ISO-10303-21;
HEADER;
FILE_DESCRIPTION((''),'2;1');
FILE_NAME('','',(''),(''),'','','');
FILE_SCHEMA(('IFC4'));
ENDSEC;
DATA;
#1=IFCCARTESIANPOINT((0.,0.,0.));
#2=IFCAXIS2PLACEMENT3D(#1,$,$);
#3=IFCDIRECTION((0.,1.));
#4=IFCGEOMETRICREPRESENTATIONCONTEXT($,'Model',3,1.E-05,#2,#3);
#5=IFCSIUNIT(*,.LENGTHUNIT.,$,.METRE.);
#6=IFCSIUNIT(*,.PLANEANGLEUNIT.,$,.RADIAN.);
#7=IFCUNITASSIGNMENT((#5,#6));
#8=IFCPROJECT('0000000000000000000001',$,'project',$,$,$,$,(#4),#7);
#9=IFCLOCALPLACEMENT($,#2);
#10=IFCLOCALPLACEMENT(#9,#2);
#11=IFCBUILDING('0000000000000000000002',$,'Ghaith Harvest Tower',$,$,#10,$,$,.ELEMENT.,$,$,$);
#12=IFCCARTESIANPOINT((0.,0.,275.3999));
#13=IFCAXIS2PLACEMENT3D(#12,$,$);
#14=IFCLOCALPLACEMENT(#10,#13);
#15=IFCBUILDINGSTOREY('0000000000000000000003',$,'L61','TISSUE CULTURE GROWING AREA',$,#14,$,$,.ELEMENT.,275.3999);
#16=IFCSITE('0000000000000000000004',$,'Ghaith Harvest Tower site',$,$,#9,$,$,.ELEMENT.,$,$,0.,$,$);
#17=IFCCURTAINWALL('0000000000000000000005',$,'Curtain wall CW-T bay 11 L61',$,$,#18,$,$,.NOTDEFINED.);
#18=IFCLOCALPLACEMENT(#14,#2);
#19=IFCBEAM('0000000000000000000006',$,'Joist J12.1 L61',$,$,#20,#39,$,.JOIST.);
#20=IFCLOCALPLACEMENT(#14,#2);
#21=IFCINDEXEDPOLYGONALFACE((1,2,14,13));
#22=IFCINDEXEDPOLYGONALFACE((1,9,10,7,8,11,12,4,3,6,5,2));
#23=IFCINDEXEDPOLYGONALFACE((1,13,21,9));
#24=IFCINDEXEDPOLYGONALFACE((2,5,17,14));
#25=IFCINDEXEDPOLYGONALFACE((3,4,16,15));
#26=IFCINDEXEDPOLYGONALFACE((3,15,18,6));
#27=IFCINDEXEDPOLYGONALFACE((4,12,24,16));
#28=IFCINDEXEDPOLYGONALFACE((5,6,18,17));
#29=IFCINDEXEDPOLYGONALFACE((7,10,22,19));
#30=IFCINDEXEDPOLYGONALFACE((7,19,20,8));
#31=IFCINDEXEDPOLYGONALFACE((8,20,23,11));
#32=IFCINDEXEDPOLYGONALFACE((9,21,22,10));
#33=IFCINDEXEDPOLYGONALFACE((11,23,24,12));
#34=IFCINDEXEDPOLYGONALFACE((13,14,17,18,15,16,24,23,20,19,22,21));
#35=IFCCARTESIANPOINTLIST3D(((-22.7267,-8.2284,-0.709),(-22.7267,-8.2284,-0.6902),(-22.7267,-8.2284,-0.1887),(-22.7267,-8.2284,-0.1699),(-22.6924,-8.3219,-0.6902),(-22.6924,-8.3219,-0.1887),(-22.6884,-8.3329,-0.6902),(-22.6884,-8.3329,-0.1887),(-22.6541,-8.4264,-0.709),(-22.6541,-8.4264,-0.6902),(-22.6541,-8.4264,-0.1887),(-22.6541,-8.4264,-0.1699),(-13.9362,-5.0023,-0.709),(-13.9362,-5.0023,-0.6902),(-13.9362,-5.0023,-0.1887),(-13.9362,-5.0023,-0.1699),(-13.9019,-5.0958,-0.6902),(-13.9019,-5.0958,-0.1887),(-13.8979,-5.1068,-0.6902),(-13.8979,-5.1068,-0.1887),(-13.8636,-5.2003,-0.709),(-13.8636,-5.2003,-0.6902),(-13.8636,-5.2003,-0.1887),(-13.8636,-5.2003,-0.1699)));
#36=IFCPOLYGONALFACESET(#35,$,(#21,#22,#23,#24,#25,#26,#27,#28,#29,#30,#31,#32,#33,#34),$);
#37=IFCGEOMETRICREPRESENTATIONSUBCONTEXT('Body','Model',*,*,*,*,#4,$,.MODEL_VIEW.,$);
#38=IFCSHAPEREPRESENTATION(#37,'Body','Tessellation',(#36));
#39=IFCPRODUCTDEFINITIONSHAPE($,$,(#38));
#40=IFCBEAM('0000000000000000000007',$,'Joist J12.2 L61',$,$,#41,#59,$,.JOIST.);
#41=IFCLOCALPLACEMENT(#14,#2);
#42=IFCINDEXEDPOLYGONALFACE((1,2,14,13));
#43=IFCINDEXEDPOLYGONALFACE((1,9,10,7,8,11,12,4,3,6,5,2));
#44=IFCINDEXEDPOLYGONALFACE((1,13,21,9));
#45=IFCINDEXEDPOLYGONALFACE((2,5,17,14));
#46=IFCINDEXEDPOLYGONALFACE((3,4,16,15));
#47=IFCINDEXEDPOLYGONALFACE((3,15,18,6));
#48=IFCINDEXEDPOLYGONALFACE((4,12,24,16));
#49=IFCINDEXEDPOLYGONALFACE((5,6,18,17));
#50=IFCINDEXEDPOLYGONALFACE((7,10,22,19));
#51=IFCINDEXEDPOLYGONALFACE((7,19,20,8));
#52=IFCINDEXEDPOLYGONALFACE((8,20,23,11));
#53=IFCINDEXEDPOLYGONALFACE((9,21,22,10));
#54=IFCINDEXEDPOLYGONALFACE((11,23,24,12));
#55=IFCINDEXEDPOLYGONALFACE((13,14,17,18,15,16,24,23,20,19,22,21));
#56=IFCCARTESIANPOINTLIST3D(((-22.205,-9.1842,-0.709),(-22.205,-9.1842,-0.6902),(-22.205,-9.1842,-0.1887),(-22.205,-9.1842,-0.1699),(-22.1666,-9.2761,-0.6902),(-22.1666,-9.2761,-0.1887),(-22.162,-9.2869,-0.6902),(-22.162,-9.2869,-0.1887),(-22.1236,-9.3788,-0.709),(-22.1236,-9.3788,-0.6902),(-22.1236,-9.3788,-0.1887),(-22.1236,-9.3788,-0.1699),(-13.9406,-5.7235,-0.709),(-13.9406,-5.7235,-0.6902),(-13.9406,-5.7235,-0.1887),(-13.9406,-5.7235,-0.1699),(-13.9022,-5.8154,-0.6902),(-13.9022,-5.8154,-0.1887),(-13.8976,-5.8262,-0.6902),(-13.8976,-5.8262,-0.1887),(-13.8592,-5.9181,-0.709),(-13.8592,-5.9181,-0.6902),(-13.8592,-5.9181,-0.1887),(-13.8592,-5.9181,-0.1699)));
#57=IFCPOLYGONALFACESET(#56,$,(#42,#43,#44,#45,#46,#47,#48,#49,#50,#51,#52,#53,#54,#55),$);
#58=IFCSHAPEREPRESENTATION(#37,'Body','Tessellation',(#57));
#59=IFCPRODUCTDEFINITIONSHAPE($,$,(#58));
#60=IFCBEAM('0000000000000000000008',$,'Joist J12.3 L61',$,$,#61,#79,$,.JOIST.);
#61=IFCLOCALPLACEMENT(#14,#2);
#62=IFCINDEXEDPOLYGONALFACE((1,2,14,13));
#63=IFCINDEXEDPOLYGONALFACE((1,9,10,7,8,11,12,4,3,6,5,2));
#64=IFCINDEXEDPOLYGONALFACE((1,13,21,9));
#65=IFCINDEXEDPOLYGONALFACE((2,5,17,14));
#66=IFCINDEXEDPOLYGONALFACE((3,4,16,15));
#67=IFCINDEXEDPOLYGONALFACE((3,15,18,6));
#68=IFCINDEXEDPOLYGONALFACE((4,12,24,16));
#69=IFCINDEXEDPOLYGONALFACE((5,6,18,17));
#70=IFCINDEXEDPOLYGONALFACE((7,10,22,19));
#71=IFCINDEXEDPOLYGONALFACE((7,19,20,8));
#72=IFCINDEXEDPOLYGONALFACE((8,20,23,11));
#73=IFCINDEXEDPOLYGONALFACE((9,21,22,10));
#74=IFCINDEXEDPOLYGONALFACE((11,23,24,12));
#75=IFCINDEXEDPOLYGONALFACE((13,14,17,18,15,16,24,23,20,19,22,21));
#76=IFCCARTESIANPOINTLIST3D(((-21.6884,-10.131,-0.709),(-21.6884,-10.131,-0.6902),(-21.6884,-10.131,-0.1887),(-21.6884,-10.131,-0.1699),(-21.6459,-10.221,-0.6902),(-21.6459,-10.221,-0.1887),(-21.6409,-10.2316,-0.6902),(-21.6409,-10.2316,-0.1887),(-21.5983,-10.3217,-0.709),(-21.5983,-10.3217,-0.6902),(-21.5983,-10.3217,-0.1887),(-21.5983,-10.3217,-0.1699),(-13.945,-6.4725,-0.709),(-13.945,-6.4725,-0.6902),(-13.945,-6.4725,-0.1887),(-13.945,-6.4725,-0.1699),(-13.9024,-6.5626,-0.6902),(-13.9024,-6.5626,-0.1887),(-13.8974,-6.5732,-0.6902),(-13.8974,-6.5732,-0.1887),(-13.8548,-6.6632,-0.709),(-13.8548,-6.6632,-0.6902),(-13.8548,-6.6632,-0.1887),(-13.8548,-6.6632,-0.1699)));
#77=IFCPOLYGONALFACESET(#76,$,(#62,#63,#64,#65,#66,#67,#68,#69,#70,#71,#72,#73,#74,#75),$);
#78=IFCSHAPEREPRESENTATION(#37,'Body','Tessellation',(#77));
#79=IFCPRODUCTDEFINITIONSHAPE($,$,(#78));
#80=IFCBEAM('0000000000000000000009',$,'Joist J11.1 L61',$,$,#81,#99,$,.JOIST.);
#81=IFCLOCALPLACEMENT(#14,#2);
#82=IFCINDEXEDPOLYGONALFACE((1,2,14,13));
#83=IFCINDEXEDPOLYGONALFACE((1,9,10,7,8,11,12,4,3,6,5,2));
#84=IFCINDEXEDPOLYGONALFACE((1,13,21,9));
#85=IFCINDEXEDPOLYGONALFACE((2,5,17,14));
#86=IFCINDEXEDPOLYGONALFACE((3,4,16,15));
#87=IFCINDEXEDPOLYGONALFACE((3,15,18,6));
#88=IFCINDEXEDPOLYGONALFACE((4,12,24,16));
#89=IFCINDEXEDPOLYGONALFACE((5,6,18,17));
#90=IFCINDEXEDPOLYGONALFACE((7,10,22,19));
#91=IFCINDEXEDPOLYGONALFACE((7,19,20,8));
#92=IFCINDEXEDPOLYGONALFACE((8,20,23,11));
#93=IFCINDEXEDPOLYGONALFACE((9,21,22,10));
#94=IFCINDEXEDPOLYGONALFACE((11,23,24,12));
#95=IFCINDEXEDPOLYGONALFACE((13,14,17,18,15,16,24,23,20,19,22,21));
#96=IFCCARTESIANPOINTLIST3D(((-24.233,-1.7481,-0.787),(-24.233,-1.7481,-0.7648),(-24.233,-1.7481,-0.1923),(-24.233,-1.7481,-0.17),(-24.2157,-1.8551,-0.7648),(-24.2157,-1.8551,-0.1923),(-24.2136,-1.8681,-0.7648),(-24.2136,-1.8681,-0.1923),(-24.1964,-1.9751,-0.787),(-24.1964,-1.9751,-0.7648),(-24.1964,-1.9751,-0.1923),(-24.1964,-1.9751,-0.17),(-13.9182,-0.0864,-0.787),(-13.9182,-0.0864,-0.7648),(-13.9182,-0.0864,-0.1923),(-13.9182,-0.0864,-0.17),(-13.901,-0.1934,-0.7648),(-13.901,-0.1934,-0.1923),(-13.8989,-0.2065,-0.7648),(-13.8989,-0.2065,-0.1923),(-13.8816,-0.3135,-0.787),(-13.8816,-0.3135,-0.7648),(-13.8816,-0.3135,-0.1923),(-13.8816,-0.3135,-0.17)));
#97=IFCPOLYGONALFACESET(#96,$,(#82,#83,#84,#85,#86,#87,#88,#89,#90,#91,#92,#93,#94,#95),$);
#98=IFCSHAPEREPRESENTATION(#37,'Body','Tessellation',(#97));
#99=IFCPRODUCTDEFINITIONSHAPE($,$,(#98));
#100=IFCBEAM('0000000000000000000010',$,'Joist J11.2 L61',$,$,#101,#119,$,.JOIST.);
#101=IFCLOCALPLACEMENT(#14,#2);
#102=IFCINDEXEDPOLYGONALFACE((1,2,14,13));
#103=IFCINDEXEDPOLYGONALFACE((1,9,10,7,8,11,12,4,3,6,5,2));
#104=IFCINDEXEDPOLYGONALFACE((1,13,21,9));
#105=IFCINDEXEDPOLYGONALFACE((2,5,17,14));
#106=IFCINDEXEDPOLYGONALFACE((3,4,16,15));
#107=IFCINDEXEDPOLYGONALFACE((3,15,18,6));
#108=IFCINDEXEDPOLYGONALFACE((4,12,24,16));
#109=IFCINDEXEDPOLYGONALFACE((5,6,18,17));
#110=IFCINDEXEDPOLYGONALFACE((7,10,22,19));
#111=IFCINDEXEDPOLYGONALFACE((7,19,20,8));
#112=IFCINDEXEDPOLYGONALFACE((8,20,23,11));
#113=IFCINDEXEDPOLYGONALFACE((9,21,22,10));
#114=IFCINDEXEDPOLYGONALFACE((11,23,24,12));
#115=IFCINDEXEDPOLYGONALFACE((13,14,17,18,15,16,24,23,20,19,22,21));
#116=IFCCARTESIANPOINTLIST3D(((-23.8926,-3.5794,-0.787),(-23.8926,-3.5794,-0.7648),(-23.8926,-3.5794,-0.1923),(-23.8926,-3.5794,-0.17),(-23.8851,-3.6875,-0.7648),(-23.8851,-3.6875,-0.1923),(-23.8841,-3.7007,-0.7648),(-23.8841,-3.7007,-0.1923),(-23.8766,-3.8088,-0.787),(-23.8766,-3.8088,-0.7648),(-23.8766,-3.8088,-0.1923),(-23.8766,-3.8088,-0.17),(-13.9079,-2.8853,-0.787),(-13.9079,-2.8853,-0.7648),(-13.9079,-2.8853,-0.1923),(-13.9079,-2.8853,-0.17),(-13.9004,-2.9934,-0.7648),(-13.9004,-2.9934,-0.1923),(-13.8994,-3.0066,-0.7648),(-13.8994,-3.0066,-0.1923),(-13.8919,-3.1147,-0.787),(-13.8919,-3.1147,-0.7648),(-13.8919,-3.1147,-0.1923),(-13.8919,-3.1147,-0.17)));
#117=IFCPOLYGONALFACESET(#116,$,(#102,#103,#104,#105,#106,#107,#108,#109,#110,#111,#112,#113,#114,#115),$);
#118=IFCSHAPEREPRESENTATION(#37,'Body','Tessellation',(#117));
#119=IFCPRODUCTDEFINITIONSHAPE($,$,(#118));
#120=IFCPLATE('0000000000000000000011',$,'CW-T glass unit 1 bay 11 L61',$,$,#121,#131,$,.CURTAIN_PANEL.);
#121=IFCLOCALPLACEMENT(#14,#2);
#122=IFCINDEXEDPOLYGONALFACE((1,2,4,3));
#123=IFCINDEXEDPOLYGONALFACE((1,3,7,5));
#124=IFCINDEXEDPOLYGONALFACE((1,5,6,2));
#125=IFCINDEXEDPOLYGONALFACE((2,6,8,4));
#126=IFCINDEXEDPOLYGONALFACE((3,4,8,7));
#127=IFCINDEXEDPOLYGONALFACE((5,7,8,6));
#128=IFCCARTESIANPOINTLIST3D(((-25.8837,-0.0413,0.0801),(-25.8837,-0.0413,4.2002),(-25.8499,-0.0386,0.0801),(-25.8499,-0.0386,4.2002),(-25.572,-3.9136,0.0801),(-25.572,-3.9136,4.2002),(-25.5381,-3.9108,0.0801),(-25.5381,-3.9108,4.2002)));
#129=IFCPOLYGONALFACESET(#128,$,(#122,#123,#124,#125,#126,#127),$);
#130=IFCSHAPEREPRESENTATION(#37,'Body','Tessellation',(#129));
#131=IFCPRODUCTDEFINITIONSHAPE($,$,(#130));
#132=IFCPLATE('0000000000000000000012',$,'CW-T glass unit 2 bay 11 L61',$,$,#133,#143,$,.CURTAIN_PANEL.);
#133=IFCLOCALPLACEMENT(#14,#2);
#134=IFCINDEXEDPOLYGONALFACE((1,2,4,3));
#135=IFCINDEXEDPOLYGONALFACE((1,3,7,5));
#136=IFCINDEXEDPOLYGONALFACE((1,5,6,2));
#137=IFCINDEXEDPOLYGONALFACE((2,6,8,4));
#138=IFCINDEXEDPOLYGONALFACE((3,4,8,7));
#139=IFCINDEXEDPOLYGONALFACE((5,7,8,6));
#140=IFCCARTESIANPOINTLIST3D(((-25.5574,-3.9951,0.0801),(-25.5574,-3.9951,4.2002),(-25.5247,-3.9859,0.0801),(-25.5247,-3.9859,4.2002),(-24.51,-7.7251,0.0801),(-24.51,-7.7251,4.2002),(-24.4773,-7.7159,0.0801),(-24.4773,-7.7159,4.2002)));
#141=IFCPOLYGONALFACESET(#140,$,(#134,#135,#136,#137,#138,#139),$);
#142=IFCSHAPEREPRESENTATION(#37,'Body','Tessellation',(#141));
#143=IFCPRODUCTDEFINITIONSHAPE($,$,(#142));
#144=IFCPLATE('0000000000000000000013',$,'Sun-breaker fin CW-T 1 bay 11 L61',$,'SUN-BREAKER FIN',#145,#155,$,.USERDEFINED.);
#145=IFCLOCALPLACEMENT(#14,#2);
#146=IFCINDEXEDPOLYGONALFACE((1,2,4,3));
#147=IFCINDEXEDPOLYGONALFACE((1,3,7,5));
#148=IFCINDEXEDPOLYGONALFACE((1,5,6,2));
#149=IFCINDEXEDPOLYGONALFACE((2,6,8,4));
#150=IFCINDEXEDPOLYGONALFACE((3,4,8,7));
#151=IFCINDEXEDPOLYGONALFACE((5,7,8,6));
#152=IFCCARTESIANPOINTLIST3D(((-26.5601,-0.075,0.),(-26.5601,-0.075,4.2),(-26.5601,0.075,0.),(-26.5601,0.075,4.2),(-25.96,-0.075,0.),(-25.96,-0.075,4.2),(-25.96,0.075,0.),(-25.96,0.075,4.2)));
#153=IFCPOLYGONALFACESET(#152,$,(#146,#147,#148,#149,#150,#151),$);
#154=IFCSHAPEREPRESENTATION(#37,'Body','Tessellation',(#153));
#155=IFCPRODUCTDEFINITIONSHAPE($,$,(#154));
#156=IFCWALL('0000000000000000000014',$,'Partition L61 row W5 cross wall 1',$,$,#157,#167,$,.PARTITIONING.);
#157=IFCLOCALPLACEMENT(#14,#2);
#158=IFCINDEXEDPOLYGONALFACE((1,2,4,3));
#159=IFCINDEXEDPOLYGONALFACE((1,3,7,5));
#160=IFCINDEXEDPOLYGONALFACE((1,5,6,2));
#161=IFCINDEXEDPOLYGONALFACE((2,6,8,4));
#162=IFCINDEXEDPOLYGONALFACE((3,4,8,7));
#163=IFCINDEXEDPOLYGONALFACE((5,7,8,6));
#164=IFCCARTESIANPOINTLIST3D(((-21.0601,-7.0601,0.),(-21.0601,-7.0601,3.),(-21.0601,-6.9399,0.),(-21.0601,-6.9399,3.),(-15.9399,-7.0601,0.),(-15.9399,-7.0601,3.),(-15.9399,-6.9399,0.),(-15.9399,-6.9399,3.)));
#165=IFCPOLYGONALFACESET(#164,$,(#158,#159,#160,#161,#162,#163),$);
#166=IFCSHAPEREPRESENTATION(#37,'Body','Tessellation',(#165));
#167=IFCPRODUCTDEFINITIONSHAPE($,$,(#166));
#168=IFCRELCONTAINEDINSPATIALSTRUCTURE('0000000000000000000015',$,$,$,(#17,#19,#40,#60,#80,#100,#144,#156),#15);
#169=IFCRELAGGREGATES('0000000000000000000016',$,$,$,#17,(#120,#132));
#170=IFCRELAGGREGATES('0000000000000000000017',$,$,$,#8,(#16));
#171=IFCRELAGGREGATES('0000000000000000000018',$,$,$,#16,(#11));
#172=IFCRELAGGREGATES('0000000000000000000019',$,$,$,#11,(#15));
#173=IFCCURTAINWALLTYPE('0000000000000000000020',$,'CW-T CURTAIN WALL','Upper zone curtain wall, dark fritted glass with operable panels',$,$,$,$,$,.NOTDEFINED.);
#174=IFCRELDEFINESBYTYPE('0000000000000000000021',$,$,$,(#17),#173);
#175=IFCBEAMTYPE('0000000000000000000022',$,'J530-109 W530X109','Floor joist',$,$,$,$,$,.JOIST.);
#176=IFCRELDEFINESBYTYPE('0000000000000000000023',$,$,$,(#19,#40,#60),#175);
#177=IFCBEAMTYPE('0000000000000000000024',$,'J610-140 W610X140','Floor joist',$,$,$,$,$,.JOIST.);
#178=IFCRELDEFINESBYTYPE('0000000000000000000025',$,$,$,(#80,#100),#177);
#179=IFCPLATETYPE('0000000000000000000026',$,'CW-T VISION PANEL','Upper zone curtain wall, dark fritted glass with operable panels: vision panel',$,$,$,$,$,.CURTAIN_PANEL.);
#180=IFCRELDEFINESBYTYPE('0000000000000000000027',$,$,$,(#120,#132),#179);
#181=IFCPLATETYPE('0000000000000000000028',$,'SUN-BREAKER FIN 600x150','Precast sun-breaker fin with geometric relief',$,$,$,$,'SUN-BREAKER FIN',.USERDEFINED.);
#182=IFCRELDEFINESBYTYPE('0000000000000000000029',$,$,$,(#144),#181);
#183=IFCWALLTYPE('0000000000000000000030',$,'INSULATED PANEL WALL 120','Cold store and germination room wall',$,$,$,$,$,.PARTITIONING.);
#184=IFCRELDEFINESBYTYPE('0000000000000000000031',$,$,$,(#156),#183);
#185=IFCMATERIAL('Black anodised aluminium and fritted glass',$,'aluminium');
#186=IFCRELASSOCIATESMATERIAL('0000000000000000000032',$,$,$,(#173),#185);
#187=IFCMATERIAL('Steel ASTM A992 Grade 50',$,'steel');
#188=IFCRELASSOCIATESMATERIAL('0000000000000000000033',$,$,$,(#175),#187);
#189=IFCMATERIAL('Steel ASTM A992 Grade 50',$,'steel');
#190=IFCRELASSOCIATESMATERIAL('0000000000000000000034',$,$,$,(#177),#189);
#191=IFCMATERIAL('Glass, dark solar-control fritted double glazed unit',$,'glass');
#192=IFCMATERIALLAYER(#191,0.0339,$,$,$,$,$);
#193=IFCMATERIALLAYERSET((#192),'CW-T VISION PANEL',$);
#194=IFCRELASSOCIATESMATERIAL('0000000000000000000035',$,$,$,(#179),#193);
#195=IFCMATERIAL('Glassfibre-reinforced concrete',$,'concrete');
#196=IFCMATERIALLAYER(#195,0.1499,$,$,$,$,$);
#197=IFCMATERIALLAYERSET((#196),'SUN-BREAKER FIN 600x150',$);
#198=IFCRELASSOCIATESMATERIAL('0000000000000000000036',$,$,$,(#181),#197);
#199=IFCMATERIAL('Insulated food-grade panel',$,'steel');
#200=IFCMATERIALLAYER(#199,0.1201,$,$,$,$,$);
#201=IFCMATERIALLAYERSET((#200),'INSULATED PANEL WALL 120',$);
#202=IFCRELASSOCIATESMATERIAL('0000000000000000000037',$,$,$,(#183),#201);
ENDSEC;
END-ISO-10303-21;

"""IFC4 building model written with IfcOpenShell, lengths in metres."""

from ifc_helpers import new_model, si_unit, direction, frame, frame_2d, origin, origin_2d, place, context, subcontext, project, spatial, rectangle, i_section, extrude, material, layer, layer_set, material_profile, profile_set, type_object, element, aggregate, save


model = new_model("IFC4")

# Units and contexts
model_context = context("Model", 3, precision=1e-05, world=origin(), true_north=direction((0.0, 1.0)))
body_context = subcontext(model_context, "Body", "Model", "MODEL_VIEW")
ifc_project = project(units=[si_unit("LENGTHUNIT", "METRE"), si_unit("PLANEANGLEUNIT", "RADIAN")], contexts=[model_context])

# Site, building, storey
site_placement = place(None, origin())
site = spatial("IfcSite", under=ifc_project, at=site_placement, Name="Ghaith Harvest Tower site", CompositionType="ELEMENT", RefElevation=0.0)
building_placement = place(site_placement, origin())
building = spatial("IfcBuilding", under=site, at=building_placement, Name="Ghaith Harvest Tower", CompositionType="ELEMENT")
storey_placement = place(building_placement, frame((0.0, 0.0, 275.3999)))
storey = spatial("IfcBuildingStorey", under=building, at=storey_placement, Name="L61", Description="TISSUE CULTURE GROWING AREA", CompositionType="ELEMENT", Elevation=275.3999)

# Curtain wall
ifc_material_1 = material(Name="Black anodised aluminium and fritted glass", Category="aluminium")
curtain_wall_type = type_object("IfcCurtainWallType", Name="CW-T CURTAIN WALL", Description="Upper zone curtain wall, dark fritted glass with operable panels", PredefinedType="NOTDEFINED", material=ifc_material_1)
curtain_wall_placement = place(storey_placement, origin())
curtain_wall = element("IfcCurtainWall", 1, at=curtain_wall_placement, inside=storey, type_object=curtain_wall_type, Name="Curtain wall CW-T bay 11 L61", PredefinedType="NOTDEFINED")

# Beams
ifc_material_2 = material(Name="Steel ASTM A992 Grade 50", Category="steel")
ifc_material_profile_1 = material_profile(ifc_material_2, i_section(OverallWidth=0.2109, OverallDepth=0.5391, WebThickness=0.0117, FlangeThickness=0.0188, at=origin_2d()), Name="W530X109")
ifc_profile_set_1 = profile_set([ifc_material_profile_1], Name="Steel ASTM A992 Grade 50")
beam_type_1 = type_object("IfcBeamType", Name="J530-109 W530X109", Description="Floor joist", PredefinedType="JOIST", material=ifc_profile_set_1)
beam_1_placement = place(storey_placement, frame((-13.8999, -5.1013, -0.4395), z_axis=(-0.938777, -0.344526, 0.0), x_axis=(0.344526, -0.938777, 0.0)))
element("IfcBeam", 2, at=beam_1_placement, inside=storey, type_object=beam_type_1, Name="Joist J12.1 L61", PredefinedType="JOIST", context=body_context, shape_type="SweptSolid", body=[
    extrude(i_section(OverallWidth=0.2109, OverallDepth=0.5391, WebThickness=0.0117, FlangeThickness=0.0188, at=origin_2d()), origin(), (0.0, 0.0, 1.0), 9.3638),
])
beam_2_placement = place(storey_placement, frame((-13.8999, -5.8208, -0.4395), z_axis=(-0.922394, -0.38625, 0.0), x_axis=(0.38625, -0.922394, 0.0)))
element("IfcBeam", 3, at=beam_2_placement, inside=storey, type_object=beam_type_1, Name="Joist J12.2 L61", PredefinedType="JOIST", context=body_context, shape_type="SweptSolid", body=[
    extrude(i_section(OverallWidth=0.2109, OverallDepth=0.5391, WebThickness=0.0117, FlangeThickness=0.0188, at=origin_2d()), origin(), (0.0, 0.0, 1.0), 8.9597),
])
beam_3_placement = place(storey_placement, frame((-13.8999, -6.5679, -0.4395), z_axis=(-0.904166, -0.427182, 0.0), x_axis=(0.427182, -0.904166, 0.0)))
element("IfcBeam", 4, at=beam_3_placement, inside=storey, type_object=beam_type_1, Name="Joist J12.3 L61", PredefinedType="JOIST", context=body_context, shape_type="SweptSolid", body=[
    extrude(i_section(OverallWidth=0.2109, OverallDepth=0.5391, WebThickness=0.0117, FlangeThickness=0.0188, at=origin_2d()), origin(), (0.0, 0.0, 1.0), 8.5642),
])
ifc_material_3 = material(Name="Steel ASTM A992 Grade 50", Category="steel")
ifc_material_profile_2 = material_profile(ifc_material_3, i_section(OverallWidth=0.23, OverallDepth=0.6169, WebThickness=0.0132, FlangeThickness=0.0222, at=origin_2d()), Name="W610X140")
ifc_profile_set_2 = profile_set([ifc_material_profile_2], Name="Steel ASTM A992 Grade 50")
beam_type_2 = type_object("IfcBeamType", Name="J610-140 W610X140", Description="Floor joist", PredefinedType="JOIST", material=ifc_profile_set_2)
beam_4_placement = place(storey_placement, frame((-13.8999, -0.2, -0.4785), z_axis=(-0.987272, -0.159042, 0.0), x_axis=(0.159042, -0.987272, 0.0)))
element("IfcBeam", 5, at=beam_4_placement, inside=storey, type_object=beam_type_2, Name="Joist J11.1 L61", PredefinedType="JOIST", context=body_context, shape_type="SweptSolid", body=[
    extrude(i_section(OverallWidth=0.23, OverallDepth=0.6169, WebThickness=0.0132, FlangeThickness=0.0222, at=origin_2d()), origin(), (0.0, 0.0, 1.0), 10.4478),
])
beam_5_placement = place(storey_placement, frame((-13.8999, -3.0, -0.4785), z_axis=(-0.997592, -0.069349, 0.0), x_axis=(0.069349, -0.997592, 0.0)))
element("IfcBeam", 6, at=beam_5_placement, inside=storey, type_object=beam_type_2, Name="Joist J11.2 L61", PredefinedType="JOIST", context=body_context, shape_type="SweptSolid", body=[
    extrude(i_section(OverallWidth=0.23, OverallDepth=0.6169, WebThickness=0.0132, FlangeThickness=0.0222, at=origin_2d()), origin(), (0.0, 0.0, 1.0), 10.0088),
])

# Plates
ifc_material_4 = material(Name="Glass, dark solar-control fritted double glazed unit", Category="glass")
ifc_layer_1 = layer(ifc_material_4, 0.0339)
ifc_layer_set_1 = layer_set([ifc_layer_1], Name="CW-T VISION PANEL")
plate_type_1 = type_object("IfcPlateType", Name="CW-T VISION PANEL", Description="Upper zone curtain wall, dark fritted glass with operable panels: vision panel", PredefinedType="CURTAIN_PANEL", material=ifc_layer_set_1)
plate_1_placement = place(storey_placement, frame((-25.7109, -1.9761, 0.0801), z_axis=(0.0, 0.0, 1.0), x_axis=(0.080258, -0.996774, 0.0)))
plate_1 = element("IfcPlate", 7, at=plate_1_placement, type_object=plate_type_1, Name="CW-T glass unit 1 bay 11 L61", PredefinedType="CURTAIN_PANEL", context=body_context, shape_type="SweptSolid", body=[
    extrude(rectangle(XDim=3.8848, YDim=0.0339, at=origin_2d()), origin(), (0.0, 0.0, 1.0), 4.1201),
])
plate_2_placement = place(storey_placement, frame((-25.0173, -5.8555, 0.0801), z_axis=(0.0, 0.0, 1.0), x_axis=(0.270355, -0.962761, 0.0)))
plate_2 = element("IfcPlate", 8, at=plate_2_placement, type_object=plate_type_1, Name="CW-T glass unit 2 bay 11 L61", PredefinedType="CURTAIN_PANEL", context=body_context, shape_type="SweptSolid", body=[
    extrude(rectangle(XDim=3.8743, YDim=0.0339, at=origin_2d()), origin(), (0.0, 0.0, 1.0), 4.1201),
])
aggregate(curtain_wall, [plate_1, plate_2])
ifc_material_5 = material(Name="Glassfibre-reinforced concrete", Category="concrete")
ifc_layer_2 = layer(ifc_material_5, 0.1499)
ifc_layer_set_2 = layer_set([ifc_layer_2], Name="SUN-BREAKER FIN 600x150")
plate_type_2 = type_object("IfcPlateType", Name="SUN-BREAKER FIN 600x150", Description="Precast sun-breaker fin with geometric relief", ElementType="SUN-BREAKER FIN", PredefinedType="USERDEFINED", material=ifc_layer_set_2)
plate_3_placement = place(storey_placement, frame((-26.26, 0.0, 0.0), z_axis=(0.0, 0.0, 1.0), x_axis=(-1.0, 0.0, 0.0)))
element("IfcPlate", 9, at=plate_3_placement, inside=storey, type_object=plate_type_2, Name="Sun-breaker fin CW-T 1 bay 11 L61", ObjectType="SUN-BREAKER FIN", PredefinedType="USERDEFINED", context=body_context, shape_type="SweptSolid", body=[
    extrude(rectangle(XDim=0.6001, YDim=0.1499, at=origin_2d()), origin(), (0.0, 0.0, 1.0), 4.2),
])

# Wall
ifc_material_6 = material(Name="Insulated food-grade panel", Category="steel")
ifc_layer_3 = layer(ifc_material_6, 0.1201)
ifc_layer_set_3 = layer_set([ifc_layer_3], Name="INSULATED PANEL WALL 120")
wall_type_1 = type_object("IfcWallType", Name="INSULATED PANEL WALL 120", Description="Cold store and germination room wall", PredefinedType="PARTITIONING", material=ifc_layer_set_3)
wall_1_placement = place(storey_placement, frame((-15.9399, -7.0, 0.0), z_axis=(0.0, 0.0, 1.0), x_axis=(-1.0, 0.0, 0.0)))
element("IfcWall", 10, at=wall_1_placement, inside=storey, type_object=wall_type_1, Name="Partition L61 row W5 cross wall 1", PredefinedType="PARTITIONING", context=body_context, shape_type="SweptSolid", body=[
    extrude(rectangle(XDim=5.1201, YDim=0.1201, at=frame_2d((2.5601, 0.0))), origin(), (0.0, 0.0, 1.0), 3.0),
])

save(model, "model.ifc")
